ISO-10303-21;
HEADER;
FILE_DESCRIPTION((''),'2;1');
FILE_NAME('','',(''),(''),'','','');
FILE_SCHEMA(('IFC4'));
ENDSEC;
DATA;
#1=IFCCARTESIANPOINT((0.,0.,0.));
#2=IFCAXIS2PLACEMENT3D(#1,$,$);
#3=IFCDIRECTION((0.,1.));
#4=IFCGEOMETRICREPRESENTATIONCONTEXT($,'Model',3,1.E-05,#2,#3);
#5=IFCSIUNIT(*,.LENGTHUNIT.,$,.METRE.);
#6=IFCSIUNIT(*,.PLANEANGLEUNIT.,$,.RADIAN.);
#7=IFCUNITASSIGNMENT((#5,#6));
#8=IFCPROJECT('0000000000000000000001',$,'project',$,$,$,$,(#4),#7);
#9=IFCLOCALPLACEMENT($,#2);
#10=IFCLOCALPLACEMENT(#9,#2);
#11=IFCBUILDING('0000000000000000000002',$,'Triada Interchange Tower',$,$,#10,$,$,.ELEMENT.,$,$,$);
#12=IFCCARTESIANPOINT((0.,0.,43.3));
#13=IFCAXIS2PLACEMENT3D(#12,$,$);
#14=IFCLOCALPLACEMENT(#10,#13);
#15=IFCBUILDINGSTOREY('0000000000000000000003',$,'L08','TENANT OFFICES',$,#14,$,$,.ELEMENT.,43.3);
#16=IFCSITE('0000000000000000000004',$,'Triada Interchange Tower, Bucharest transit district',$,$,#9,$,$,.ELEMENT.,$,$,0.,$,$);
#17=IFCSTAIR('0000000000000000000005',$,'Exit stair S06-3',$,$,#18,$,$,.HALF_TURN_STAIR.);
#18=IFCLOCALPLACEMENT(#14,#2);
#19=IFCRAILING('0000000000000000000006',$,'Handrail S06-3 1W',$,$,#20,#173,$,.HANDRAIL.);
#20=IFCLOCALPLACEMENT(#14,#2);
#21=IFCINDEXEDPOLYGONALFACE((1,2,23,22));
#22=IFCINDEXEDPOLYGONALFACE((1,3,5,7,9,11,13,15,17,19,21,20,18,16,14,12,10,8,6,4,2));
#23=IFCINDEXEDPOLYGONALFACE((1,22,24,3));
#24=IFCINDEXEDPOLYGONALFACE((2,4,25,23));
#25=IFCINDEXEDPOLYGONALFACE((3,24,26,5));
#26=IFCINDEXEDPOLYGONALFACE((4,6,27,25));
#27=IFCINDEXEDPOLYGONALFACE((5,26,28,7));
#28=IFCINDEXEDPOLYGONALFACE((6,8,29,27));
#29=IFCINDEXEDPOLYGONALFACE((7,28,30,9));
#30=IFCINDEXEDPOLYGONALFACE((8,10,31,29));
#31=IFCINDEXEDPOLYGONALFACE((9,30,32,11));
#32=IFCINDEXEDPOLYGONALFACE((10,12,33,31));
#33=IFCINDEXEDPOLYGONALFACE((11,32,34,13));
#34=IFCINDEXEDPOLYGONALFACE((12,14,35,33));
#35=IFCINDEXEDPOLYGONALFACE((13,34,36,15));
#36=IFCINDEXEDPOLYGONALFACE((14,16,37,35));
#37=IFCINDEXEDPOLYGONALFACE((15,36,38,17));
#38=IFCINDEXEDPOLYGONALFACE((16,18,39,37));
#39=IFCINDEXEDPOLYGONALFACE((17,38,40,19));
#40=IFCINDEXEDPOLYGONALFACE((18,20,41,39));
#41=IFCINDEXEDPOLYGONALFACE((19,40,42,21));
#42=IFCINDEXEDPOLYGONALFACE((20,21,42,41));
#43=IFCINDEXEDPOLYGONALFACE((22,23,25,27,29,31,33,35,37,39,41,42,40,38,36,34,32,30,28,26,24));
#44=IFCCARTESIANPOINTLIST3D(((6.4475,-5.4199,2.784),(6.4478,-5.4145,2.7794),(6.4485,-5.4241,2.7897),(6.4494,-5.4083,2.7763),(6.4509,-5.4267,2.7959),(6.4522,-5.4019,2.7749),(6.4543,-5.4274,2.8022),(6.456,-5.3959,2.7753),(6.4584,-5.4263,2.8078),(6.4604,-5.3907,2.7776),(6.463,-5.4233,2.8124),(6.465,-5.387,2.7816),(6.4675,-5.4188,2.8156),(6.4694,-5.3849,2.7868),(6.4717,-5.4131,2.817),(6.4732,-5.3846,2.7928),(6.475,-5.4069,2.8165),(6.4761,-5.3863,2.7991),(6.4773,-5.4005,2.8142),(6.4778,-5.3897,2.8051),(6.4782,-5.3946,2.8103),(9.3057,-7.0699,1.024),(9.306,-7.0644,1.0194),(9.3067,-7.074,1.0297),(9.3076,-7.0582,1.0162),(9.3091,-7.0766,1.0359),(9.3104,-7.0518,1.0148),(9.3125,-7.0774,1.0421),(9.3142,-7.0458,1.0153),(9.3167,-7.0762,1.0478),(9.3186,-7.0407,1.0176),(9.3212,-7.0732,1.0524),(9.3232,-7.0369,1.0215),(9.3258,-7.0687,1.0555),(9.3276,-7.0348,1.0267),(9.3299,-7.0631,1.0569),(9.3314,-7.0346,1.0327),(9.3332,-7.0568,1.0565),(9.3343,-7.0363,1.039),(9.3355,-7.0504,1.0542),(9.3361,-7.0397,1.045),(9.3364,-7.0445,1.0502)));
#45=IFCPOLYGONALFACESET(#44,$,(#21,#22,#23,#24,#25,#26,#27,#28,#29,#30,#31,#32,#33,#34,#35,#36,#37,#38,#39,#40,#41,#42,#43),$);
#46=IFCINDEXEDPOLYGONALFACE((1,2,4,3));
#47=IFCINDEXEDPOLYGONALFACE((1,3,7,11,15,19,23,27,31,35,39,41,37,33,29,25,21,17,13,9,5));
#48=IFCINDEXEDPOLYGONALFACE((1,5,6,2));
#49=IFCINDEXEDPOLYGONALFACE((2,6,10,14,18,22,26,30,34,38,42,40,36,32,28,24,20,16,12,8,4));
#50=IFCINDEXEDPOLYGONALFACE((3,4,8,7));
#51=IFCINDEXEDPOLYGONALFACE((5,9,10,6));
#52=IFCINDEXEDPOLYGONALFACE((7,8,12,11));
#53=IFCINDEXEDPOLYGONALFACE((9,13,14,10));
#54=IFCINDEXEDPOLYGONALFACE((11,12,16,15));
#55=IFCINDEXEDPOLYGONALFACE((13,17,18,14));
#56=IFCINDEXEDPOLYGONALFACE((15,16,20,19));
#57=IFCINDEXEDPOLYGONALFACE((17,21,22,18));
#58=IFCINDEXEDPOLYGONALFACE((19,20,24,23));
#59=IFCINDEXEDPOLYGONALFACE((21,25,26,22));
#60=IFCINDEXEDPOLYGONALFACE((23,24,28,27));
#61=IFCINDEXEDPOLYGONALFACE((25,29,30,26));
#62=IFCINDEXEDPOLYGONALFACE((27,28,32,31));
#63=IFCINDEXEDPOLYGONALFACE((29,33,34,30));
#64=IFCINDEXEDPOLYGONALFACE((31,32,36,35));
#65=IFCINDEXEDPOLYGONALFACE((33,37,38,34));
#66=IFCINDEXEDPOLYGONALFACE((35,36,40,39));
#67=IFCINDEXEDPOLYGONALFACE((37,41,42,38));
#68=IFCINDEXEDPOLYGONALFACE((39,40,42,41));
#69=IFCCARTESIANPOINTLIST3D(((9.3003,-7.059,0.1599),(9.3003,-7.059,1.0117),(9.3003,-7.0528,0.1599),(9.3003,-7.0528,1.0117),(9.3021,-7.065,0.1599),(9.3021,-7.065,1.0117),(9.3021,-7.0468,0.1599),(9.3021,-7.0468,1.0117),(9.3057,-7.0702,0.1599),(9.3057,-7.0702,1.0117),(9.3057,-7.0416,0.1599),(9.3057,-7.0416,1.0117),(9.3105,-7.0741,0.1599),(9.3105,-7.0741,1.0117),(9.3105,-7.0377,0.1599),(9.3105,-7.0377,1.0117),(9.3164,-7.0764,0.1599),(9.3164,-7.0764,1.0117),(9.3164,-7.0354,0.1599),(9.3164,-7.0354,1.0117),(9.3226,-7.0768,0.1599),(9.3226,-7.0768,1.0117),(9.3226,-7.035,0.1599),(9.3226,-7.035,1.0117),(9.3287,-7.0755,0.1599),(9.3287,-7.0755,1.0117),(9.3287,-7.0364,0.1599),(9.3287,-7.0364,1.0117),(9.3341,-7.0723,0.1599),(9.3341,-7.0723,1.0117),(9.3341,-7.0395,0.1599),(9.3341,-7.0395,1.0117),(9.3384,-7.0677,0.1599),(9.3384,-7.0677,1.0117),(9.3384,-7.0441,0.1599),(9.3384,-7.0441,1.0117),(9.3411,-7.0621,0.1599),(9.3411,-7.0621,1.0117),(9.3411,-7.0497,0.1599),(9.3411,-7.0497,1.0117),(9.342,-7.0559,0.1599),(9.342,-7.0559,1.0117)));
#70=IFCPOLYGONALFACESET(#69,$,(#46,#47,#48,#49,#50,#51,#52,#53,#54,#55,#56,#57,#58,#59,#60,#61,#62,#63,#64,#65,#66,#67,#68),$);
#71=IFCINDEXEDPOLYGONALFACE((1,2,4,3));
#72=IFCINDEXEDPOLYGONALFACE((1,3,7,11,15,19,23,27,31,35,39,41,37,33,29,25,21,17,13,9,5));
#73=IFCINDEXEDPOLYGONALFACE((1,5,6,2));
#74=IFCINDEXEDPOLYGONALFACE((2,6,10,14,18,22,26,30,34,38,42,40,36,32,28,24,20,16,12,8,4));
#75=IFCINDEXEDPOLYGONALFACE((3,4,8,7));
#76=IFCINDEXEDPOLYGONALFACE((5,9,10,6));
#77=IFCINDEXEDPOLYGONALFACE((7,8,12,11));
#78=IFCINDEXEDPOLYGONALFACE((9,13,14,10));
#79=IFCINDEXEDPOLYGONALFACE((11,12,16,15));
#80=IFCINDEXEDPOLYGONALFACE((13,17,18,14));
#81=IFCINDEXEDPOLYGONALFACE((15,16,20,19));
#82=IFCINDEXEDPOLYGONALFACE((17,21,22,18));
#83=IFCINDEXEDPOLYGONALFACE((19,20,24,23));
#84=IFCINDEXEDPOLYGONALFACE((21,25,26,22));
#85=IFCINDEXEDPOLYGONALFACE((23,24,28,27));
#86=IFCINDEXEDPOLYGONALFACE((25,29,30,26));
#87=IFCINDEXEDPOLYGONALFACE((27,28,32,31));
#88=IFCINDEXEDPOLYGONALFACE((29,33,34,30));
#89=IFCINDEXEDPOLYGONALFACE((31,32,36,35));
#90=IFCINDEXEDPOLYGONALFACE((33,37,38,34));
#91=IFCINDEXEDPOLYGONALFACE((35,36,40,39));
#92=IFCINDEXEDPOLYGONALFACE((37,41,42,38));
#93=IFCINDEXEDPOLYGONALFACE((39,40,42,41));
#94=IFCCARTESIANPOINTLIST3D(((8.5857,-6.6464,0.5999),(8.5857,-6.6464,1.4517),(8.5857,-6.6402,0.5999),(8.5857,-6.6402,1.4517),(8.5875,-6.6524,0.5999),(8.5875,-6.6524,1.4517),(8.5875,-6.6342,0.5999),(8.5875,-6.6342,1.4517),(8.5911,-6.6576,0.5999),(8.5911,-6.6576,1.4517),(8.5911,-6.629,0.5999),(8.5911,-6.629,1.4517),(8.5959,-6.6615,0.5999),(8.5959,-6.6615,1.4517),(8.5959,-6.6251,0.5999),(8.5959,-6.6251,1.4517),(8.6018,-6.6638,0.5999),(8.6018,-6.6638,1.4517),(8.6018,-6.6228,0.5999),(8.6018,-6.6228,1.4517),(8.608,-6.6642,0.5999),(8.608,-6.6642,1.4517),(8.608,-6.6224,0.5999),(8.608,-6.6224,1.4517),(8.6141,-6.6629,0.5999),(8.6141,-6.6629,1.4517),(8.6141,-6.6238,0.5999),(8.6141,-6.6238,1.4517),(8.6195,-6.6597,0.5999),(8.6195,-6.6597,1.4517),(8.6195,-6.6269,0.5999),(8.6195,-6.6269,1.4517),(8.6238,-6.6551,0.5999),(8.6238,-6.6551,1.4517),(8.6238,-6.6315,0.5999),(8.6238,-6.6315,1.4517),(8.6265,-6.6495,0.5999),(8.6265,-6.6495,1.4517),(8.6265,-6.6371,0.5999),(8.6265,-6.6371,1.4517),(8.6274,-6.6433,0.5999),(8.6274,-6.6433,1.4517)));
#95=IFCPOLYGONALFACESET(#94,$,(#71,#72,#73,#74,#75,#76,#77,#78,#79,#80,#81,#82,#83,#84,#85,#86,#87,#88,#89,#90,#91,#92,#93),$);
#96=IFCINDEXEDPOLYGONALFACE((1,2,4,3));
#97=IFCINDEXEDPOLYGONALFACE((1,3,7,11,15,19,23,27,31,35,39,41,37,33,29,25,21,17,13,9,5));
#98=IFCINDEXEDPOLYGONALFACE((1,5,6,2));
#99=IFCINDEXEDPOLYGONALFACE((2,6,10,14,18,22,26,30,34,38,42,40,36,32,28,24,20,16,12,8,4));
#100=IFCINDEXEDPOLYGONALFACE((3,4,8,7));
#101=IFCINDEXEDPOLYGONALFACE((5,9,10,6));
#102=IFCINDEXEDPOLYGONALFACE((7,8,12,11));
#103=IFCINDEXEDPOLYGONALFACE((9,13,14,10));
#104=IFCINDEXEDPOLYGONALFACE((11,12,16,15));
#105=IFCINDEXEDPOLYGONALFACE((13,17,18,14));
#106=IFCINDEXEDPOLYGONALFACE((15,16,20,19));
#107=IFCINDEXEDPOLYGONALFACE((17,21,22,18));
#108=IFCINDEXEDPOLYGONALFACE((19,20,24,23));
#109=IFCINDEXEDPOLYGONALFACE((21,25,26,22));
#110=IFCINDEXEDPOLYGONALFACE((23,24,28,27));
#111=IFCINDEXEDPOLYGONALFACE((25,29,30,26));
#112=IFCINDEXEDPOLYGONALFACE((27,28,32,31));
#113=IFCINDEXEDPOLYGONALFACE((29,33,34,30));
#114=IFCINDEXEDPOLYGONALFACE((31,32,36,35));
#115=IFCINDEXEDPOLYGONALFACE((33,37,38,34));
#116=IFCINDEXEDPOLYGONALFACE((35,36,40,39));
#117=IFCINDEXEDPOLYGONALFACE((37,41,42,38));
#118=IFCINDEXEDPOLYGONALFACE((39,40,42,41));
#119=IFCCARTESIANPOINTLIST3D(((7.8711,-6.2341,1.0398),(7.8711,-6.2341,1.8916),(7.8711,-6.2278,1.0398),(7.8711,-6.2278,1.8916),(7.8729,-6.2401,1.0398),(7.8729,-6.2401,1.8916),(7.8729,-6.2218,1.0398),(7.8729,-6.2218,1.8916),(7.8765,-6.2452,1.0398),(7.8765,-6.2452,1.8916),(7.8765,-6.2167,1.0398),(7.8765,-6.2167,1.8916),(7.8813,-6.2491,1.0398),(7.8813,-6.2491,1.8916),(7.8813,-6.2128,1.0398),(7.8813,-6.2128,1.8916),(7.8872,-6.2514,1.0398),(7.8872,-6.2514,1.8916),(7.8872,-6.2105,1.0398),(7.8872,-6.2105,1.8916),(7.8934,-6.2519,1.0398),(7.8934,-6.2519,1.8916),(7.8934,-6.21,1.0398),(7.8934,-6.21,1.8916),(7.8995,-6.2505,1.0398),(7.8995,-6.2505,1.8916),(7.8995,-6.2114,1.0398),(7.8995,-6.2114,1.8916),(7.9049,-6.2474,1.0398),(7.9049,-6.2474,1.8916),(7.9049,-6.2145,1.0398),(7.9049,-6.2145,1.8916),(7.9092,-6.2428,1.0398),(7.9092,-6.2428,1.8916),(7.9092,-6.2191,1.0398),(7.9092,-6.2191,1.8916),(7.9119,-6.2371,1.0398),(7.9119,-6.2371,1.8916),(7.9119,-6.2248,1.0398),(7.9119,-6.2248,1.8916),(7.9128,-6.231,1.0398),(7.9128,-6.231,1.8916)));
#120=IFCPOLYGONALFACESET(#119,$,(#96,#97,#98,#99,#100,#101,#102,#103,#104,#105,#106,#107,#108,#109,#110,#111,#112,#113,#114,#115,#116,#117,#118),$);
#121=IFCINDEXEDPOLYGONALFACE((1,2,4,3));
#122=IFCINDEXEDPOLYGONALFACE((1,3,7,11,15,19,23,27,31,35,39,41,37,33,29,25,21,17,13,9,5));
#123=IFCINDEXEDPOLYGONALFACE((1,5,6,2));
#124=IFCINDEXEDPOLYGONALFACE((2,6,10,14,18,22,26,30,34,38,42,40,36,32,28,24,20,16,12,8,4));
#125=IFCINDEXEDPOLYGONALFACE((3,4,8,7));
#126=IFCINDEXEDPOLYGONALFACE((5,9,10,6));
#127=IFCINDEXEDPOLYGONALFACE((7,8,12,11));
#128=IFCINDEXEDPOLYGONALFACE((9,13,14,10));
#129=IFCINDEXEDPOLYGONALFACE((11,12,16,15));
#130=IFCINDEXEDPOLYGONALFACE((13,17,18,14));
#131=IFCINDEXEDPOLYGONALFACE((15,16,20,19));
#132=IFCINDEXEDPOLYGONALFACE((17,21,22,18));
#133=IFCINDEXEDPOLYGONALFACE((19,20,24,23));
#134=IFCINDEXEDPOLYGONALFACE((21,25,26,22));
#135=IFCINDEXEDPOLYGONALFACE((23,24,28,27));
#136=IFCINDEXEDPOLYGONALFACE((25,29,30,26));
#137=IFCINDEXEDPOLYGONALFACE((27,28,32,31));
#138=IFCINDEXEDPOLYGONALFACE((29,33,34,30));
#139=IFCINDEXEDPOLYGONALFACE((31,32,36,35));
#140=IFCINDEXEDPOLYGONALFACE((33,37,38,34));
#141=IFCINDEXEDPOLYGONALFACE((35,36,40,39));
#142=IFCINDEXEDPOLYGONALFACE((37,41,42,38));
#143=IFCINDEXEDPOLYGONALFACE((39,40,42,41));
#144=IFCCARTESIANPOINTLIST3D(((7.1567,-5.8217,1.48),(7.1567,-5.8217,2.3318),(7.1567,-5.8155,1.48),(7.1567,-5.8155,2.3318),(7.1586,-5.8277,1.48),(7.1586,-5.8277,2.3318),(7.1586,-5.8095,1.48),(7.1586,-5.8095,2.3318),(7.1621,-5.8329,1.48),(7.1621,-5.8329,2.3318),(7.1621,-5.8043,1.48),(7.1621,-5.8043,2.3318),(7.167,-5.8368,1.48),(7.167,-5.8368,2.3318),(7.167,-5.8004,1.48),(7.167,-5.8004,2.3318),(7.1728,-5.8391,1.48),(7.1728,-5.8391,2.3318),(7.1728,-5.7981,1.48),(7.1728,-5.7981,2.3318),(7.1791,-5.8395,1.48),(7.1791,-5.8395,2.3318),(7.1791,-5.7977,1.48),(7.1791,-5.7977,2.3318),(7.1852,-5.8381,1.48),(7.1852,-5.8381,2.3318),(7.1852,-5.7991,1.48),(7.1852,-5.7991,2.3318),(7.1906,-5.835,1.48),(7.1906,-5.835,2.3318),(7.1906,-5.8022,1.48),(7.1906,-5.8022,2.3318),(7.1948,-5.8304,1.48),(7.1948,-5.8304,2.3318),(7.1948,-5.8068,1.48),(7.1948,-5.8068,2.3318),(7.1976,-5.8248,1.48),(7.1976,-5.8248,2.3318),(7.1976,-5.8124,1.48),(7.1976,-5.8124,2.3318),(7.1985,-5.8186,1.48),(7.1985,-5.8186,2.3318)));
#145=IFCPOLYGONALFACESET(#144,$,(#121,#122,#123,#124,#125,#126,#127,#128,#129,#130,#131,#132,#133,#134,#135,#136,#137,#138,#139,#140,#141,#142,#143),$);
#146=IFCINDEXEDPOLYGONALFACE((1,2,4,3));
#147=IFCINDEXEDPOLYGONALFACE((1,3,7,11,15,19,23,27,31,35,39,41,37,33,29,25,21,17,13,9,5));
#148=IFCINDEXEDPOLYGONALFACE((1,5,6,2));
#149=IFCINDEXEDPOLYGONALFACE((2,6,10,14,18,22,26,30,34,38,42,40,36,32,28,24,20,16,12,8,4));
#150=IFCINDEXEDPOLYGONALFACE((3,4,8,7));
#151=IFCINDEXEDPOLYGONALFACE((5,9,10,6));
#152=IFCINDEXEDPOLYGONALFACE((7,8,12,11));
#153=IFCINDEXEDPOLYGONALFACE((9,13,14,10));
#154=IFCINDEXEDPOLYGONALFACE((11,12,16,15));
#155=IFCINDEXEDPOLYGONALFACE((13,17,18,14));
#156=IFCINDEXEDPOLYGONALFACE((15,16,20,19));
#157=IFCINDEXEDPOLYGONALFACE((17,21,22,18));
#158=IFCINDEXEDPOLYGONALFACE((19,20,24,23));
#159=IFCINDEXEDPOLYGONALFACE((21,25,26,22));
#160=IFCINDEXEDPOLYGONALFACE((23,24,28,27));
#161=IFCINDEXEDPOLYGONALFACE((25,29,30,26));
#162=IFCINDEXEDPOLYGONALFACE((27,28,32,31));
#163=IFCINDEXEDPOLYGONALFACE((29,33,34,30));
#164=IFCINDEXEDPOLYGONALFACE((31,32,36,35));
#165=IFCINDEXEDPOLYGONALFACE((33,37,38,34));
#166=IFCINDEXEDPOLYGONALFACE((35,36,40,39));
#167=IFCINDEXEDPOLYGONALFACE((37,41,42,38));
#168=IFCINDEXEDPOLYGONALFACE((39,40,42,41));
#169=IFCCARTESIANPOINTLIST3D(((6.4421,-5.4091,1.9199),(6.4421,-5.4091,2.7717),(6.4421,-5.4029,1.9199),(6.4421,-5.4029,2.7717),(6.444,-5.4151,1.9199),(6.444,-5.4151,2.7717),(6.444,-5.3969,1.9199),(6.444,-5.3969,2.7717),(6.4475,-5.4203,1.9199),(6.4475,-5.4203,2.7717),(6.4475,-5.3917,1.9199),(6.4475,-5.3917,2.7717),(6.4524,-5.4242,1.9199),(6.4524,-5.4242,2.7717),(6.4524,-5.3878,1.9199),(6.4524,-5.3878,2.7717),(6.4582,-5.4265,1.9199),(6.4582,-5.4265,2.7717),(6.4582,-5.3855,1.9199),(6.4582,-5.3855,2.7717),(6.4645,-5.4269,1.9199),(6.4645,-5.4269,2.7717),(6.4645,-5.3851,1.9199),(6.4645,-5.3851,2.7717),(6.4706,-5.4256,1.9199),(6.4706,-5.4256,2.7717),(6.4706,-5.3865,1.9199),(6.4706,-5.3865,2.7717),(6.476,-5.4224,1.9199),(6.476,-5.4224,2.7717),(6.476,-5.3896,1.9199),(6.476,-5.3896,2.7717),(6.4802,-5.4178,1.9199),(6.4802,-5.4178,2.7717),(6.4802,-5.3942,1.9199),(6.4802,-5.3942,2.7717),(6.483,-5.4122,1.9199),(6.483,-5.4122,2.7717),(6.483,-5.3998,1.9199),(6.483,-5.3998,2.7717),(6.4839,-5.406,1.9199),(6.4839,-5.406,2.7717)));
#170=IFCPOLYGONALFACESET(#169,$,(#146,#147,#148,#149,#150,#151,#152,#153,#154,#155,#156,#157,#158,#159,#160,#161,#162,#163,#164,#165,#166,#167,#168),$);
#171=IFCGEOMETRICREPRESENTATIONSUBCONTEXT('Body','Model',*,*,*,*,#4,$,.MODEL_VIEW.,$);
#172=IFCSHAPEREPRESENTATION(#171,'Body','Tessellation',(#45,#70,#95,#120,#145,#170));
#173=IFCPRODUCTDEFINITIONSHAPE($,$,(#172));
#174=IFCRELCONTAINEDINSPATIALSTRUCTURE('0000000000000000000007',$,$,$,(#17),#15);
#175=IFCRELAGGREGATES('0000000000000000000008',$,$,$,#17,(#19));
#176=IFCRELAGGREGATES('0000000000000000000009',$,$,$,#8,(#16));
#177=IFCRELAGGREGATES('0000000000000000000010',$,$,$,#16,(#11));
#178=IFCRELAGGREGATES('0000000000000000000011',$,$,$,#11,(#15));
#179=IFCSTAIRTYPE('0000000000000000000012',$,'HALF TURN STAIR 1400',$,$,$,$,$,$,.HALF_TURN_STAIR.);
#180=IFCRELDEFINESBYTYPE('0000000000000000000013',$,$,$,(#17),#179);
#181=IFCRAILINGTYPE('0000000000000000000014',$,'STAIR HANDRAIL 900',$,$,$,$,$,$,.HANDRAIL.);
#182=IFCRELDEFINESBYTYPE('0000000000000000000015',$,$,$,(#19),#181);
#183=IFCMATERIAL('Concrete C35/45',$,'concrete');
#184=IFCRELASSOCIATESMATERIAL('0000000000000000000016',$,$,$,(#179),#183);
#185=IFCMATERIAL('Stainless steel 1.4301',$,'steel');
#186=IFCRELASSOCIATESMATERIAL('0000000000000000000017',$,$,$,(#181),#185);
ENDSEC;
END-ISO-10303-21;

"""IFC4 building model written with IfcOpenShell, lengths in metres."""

from ifc_helpers import new_model, si_unit, direction, frame, origin, origin_2d, place, context, subcontext, project, spatial, circle, extrude, material, type_object, element, aggregate, save


model = new_model("IFC4")

# Units and contexts
model_context = context("Model", 3, precision=1e-05, world=origin(), true_north=direction((0.0, 1.0)))
body_context = subcontext(model_context, "Body", "Model", "MODEL_VIEW")
ifc_project = project(units=[si_unit("LENGTHUNIT", "METRE"), si_unit("PLANEANGLEUNIT", "RADIAN")], contexts=[model_context])

# Site, building, storey
site_placement = place(None, origin())
site = spatial("IfcSite", under=ifc_project, at=site_placement, Name="Triada Interchange Tower, Bucharest transit district", CompositionType="ELEMENT", RefElevation=0.0)
building_placement = place(site_placement, origin())
building = spatial("IfcBuilding", under=site, at=building_placement, Name="Triada Interchange Tower", CompositionType="ELEMENT")
storey_placement = place(building_placement, frame((0.0, 0.0, 43.3)))
storey = spatial("IfcBuildingStorey", under=building, at=storey_placement, Name="L08", Description="TENANT OFFICES", CompositionType="ELEMENT", Elevation=43.3)

# Stair, railing
ifc_material_1 = material(Name="Concrete C35/45", Category="concrete")
stair_type = type_object("IfcStairType", Name="HALF TURN STAIR 1400", PredefinedType="HALF_TURN_STAIR", material=ifc_material_1)
stair_placement = place(storey_placement, origin())
stair = element("IfcStair", 1, at=stair_placement, inside=storey, type_object=stair_type, Name="Exit stair S06-3", PredefinedType="HALF_TURN_STAIR")
ifc_material_2 = material(Name="Stainless steel 1.4301", Category="steel")
railing_type = type_object("IfcRailingType", Name="STAIR HANDRAIL 900", PredefinedType="HANDRAIL", material=ifc_material_2)
railing_1_placement = place(storey_placement, frame((9.321, -7.0559, 0.1599)))
railing_1 = element("IfcRailing", 2, at=railing_1_placement, type_object=railing_type, Name="Handrail S06-3 1W", PredefinedType="HANDRAIL", context=body_context, shape_type="SweptSolid", body=[
    extrude(circle(Radius=0.0239, at=origin_2d()), frame((0.0, 0.0, 0.876), z_axis=(-0.764178, 0.441131, 0.47057), x_axis=(-0.499942, -0.866059, 0.0)), (0.0, 0.0, 1.0), 3.7402),
    extrude(circle(Radius=0.021, at=origin_2d()), origin(), (0.0, 0.0, 1.0), 0.8518),
    extrude(circle(Radius=0.021, at=origin_2d()), frame((-0.7146, 0.4126, 0.4399)), (0.0, 0.0, 1.0), 0.8518),
    extrude(circle(Radius=0.021, at=origin_2d()), frame((-1.4292, 0.825, 0.8799)), (0.0, 0.0, 1.0), 0.8518),
    extrude(circle(Radius=0.021, at=origin_2d()), frame((-2.1436, 1.2373, 1.3201)), (0.0, 0.0, 1.0), 0.8518),
    extrude(circle(Radius=0.021, at=origin_2d()), frame((-2.8582, 1.6499, 1.76)), (0.0, 0.0, 1.0), 0.8518),
])
aggregate(stair, [railing_1])

save(model, "model.ifc")
